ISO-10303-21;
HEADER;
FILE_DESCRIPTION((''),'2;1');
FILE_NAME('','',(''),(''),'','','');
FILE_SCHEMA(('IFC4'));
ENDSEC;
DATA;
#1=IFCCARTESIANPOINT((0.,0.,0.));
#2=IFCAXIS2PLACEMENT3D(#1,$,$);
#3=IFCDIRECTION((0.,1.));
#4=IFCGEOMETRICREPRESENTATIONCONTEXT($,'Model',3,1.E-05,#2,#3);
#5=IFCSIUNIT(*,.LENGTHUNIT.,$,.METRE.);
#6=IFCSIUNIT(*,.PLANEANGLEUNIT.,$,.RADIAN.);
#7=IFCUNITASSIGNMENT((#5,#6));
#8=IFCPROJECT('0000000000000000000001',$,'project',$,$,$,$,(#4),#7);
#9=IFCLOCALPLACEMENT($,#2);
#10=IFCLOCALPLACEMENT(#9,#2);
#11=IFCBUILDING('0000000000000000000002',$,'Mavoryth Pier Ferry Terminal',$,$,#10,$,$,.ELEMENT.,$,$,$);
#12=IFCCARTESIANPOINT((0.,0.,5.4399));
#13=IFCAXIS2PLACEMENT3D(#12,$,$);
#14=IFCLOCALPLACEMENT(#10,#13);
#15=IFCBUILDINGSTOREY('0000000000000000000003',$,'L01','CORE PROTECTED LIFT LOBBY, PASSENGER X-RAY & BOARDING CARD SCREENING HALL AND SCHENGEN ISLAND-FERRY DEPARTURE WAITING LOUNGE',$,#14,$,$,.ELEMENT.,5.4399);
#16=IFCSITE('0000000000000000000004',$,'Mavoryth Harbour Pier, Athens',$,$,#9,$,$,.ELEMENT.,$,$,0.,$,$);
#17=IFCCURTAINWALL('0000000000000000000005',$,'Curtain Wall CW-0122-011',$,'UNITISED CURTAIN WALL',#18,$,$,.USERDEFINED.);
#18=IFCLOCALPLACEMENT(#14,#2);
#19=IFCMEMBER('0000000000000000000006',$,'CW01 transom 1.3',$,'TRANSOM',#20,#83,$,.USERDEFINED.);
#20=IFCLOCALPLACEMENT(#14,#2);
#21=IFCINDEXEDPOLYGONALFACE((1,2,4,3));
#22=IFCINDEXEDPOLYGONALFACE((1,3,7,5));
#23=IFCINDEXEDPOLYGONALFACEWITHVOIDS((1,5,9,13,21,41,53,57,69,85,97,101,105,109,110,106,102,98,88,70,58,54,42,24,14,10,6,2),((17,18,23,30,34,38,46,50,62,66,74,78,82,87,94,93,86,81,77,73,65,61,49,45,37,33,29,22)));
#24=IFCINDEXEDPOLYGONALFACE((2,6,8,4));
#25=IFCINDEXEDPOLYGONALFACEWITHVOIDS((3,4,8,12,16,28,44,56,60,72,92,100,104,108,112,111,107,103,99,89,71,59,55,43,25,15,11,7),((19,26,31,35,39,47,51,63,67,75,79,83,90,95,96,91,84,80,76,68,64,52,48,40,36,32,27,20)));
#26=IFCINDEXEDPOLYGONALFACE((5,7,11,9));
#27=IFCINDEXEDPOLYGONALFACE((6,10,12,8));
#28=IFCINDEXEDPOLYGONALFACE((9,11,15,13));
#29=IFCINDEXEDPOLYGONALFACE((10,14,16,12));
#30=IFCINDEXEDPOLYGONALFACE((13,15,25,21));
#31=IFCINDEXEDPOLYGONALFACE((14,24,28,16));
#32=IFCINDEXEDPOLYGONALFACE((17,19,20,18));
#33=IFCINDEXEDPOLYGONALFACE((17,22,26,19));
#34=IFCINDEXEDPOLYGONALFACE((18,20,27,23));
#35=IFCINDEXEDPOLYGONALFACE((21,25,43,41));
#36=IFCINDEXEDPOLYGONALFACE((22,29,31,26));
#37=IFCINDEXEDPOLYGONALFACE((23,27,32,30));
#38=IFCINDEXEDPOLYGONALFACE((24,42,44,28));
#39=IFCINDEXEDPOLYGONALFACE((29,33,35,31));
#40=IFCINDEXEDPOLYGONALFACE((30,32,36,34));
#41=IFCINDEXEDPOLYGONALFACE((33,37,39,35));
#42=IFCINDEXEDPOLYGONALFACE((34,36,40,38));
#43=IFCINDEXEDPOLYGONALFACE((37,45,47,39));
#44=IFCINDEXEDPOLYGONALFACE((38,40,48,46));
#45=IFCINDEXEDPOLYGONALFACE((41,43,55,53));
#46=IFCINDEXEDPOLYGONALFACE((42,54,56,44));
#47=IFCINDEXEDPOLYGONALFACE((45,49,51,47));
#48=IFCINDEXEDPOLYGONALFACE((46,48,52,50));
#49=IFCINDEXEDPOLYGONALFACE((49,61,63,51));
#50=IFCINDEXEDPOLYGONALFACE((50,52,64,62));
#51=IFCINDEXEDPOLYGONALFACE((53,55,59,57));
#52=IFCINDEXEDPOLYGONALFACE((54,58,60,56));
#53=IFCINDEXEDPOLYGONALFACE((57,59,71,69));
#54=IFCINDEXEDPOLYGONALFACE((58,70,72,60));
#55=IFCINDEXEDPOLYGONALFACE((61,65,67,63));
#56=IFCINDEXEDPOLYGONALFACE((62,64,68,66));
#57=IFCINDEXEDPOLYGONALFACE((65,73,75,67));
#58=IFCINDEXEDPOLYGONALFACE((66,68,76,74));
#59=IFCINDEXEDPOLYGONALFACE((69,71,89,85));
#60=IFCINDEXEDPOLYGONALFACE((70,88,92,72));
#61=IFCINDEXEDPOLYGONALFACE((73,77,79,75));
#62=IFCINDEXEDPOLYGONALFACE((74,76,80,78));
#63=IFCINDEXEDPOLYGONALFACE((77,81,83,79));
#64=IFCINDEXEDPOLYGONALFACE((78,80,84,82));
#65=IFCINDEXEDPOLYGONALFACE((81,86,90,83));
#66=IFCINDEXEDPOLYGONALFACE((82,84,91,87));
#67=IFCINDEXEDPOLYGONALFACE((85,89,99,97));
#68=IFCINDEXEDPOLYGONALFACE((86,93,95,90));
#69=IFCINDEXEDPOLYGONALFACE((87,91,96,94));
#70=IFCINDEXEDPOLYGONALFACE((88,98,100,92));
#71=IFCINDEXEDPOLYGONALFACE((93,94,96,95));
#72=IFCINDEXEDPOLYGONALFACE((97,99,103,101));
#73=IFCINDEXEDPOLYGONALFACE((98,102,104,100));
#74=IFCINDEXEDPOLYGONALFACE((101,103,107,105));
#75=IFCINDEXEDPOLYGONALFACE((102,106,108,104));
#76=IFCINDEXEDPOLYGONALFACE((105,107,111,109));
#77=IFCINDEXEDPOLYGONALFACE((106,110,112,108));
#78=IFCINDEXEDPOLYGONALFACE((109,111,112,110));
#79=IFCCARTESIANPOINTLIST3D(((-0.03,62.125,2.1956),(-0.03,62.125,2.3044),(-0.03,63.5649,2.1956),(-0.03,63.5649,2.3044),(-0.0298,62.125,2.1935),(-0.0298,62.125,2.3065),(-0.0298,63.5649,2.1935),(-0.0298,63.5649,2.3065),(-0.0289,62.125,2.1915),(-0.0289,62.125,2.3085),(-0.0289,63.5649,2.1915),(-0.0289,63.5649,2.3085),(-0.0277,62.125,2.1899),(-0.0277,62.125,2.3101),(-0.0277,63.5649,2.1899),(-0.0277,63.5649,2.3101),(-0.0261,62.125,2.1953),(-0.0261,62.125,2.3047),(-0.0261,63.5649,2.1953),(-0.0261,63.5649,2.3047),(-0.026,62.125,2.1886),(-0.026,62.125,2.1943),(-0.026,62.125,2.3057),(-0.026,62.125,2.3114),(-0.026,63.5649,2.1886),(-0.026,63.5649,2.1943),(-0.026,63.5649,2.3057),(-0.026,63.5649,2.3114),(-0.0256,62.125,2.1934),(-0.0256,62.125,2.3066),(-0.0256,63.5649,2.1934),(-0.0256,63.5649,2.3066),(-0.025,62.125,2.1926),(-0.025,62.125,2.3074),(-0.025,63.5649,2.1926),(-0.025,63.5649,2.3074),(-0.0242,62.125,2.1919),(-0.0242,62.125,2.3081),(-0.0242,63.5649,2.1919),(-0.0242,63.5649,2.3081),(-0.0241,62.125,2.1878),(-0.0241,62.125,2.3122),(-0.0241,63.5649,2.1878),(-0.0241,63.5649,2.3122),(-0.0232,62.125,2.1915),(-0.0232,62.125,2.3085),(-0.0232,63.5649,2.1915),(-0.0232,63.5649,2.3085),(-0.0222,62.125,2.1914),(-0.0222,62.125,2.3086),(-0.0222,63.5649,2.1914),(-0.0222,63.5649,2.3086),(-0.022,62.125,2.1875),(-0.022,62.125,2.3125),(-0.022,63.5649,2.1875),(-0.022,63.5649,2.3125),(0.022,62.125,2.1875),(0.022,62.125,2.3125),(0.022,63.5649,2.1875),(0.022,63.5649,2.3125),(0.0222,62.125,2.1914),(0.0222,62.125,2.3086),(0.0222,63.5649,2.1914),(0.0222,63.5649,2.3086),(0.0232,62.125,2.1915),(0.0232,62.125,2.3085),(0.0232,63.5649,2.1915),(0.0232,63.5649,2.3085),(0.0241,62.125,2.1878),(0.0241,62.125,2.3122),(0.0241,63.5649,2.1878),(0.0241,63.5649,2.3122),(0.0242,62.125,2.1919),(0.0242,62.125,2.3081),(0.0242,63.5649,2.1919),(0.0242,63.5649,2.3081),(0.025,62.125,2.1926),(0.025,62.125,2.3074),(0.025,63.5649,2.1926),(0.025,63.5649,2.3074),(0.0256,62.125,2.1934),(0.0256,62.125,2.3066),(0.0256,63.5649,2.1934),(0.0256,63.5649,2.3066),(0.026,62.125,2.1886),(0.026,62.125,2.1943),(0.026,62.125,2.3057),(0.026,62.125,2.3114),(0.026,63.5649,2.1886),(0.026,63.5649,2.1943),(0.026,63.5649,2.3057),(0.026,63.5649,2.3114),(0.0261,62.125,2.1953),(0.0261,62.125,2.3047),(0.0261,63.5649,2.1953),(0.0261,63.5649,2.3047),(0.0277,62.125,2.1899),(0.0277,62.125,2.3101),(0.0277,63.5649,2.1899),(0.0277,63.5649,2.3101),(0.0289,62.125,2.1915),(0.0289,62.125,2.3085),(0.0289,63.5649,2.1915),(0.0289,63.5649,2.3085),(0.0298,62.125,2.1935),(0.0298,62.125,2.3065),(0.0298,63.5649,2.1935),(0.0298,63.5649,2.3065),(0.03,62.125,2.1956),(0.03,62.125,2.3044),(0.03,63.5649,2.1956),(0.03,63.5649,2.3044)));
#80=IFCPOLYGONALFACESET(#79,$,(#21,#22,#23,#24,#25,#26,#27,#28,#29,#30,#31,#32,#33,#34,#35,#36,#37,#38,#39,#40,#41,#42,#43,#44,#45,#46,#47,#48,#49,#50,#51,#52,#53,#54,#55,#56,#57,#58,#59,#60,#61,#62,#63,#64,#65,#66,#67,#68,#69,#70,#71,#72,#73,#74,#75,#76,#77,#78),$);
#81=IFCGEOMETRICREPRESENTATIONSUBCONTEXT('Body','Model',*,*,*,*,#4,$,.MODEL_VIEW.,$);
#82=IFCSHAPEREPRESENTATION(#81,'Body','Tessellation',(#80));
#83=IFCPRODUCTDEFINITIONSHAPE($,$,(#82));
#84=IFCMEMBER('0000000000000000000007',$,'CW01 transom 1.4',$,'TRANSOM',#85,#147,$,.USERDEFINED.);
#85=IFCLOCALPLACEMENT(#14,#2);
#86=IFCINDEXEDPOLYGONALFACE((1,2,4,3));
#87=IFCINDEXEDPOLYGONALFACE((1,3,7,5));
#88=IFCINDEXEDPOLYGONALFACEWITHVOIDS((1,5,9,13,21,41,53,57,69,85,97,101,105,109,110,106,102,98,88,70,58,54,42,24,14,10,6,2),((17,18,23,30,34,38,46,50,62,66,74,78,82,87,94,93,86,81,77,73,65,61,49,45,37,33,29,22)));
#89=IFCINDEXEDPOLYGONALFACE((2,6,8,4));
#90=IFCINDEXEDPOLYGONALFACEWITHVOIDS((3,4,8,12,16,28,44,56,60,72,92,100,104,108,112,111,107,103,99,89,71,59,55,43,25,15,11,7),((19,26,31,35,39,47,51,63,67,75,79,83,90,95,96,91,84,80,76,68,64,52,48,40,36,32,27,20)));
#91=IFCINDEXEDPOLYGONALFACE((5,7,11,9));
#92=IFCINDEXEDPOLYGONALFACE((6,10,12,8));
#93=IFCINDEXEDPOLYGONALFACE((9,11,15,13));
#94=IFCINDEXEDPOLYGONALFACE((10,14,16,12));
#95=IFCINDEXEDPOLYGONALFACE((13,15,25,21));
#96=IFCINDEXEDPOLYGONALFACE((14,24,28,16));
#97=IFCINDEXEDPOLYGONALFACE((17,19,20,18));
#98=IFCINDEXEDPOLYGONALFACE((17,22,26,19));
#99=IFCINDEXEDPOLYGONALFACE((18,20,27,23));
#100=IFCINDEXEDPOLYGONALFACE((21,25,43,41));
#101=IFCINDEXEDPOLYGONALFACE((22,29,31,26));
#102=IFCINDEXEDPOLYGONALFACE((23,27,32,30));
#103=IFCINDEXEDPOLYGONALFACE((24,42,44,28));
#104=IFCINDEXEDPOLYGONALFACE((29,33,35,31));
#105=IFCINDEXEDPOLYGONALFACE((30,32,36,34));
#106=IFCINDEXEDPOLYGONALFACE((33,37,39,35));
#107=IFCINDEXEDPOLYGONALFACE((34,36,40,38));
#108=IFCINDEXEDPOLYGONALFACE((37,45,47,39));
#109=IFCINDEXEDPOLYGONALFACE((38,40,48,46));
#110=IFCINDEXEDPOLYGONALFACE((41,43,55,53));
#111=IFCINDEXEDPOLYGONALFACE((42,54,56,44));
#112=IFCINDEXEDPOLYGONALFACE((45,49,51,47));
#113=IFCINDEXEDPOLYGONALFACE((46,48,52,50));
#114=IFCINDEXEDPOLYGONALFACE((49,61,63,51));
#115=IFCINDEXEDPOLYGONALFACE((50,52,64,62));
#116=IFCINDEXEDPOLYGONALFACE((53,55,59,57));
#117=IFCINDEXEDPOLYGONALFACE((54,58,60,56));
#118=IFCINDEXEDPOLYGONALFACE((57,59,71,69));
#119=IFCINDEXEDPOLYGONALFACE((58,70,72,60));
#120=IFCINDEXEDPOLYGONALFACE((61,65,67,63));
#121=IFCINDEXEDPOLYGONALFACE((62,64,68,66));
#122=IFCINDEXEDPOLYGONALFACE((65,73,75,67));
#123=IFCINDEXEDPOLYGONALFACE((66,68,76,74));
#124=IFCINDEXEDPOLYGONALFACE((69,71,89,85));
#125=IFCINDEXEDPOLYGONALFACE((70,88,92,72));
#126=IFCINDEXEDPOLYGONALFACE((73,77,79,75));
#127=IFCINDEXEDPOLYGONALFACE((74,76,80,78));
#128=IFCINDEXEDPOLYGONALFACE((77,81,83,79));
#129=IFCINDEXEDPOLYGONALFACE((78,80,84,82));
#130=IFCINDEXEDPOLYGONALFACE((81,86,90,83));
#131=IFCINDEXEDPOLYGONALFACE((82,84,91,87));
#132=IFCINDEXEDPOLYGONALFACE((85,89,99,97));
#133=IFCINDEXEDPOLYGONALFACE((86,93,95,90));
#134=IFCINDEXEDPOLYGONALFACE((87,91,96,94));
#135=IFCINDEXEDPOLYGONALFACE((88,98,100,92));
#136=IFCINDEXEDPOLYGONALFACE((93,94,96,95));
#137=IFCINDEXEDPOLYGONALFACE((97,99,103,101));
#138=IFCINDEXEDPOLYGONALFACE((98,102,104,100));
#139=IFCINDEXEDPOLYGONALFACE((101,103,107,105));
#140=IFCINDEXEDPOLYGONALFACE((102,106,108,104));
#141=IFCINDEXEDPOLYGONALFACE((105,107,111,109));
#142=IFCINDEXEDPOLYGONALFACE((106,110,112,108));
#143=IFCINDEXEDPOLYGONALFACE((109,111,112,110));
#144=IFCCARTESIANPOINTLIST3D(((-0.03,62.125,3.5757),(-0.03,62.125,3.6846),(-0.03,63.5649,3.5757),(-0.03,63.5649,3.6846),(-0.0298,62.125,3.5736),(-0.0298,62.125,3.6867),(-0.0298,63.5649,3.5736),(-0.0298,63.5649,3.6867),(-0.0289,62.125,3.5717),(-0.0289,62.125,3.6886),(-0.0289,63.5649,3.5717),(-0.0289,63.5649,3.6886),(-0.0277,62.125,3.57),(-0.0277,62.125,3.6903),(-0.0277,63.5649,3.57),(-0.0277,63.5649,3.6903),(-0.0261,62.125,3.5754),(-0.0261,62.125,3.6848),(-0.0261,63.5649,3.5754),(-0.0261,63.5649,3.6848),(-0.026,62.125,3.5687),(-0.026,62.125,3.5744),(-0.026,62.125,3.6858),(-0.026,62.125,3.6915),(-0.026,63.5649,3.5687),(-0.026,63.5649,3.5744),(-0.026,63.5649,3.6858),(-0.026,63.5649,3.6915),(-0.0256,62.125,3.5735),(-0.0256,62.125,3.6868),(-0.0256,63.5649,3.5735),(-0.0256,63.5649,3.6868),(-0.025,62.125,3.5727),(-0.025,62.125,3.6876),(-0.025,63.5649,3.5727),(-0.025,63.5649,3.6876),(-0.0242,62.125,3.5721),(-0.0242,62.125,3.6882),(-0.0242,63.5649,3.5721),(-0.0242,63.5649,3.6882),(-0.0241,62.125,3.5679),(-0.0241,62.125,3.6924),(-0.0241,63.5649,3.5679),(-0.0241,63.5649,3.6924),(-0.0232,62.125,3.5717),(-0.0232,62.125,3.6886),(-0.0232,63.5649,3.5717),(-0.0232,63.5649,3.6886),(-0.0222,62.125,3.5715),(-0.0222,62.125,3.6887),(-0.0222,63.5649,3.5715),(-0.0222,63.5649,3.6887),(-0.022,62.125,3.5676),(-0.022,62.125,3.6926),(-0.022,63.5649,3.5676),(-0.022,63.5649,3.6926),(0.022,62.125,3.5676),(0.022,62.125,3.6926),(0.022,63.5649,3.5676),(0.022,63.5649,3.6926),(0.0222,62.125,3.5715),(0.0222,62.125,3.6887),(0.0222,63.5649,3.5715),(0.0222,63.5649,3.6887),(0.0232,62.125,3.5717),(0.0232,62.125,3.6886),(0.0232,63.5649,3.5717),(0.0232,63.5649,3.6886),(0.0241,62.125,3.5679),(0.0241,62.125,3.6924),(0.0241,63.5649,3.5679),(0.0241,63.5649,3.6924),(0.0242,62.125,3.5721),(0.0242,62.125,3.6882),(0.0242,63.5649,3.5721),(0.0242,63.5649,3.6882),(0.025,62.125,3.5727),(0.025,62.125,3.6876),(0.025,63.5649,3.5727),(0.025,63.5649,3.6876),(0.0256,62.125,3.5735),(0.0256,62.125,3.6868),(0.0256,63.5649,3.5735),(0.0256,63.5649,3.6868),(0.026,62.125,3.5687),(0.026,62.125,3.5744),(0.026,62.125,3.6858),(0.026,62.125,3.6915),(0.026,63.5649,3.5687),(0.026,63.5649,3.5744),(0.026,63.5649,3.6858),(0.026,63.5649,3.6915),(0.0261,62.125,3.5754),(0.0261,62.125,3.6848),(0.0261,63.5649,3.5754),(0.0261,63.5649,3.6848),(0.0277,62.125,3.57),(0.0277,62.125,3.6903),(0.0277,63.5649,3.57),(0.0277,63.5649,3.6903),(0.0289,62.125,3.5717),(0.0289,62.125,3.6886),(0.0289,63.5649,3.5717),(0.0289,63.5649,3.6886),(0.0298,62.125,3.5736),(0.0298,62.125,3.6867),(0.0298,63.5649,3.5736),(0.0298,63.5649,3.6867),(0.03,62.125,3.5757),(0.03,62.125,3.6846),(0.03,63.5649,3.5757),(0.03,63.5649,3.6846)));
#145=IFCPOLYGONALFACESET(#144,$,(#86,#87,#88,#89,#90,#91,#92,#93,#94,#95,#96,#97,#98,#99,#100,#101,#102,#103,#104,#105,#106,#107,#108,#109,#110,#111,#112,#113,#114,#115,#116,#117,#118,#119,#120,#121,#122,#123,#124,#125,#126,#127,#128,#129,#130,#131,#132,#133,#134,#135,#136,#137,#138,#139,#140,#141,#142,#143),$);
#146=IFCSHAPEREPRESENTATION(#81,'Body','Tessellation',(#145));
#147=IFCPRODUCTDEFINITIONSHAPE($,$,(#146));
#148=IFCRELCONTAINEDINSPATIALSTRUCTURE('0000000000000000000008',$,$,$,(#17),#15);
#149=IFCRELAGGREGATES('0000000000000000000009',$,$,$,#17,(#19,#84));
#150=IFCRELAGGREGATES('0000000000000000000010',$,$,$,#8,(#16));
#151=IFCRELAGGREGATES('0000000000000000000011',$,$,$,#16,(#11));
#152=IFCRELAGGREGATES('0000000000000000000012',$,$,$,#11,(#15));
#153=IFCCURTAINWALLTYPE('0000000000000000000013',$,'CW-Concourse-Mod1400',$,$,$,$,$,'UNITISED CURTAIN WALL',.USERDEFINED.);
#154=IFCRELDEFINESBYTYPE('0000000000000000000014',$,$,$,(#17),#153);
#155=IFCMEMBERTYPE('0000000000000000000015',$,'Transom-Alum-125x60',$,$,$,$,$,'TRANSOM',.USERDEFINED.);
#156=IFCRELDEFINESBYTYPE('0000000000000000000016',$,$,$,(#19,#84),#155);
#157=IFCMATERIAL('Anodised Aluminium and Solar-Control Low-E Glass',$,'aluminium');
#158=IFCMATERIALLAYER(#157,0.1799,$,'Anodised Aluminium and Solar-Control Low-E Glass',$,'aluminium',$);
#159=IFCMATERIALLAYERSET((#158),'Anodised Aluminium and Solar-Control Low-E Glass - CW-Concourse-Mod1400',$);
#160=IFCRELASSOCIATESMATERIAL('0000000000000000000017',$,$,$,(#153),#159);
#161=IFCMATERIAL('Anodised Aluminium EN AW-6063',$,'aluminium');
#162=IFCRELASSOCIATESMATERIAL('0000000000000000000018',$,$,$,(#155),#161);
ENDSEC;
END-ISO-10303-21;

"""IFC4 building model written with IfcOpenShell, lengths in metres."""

from ifc_helpers import new_model, si_unit, direction, frame, origin, origin_2d, place, context, subcontext, project, spatial, hollow_rectangle, extrude, material, layer, layer_set, material_profile, profile_set, type_object, element, aggregate, save


model = new_model("IFC4")

# Units and contexts
model_context = context("Model", 3, precision=1e-05, world=origin(), true_north=direction((0.0, 1.0)))
body_context = subcontext(model_context, "Body", "Model", "MODEL_VIEW")
ifc_project = project(units=[si_unit("LENGTHUNIT", "METRE"), si_unit("PLANEANGLEUNIT", "RADIAN")], contexts=[model_context])

# Site, building, storey
site_placement = place(None, origin())
site = spatial("IfcSite", under=ifc_project, at=site_placement, Name="Mavoryth Harbour Pier, Athens", CompositionType="ELEMENT", RefElevation=0.0)
building_placement = place(site_placement, origin())
building = spatial("IfcBuilding", under=site, at=building_placement, Name="Mavoryth Pier Ferry Terminal", CompositionType="ELEMENT")
storey_placement = place(building_placement, frame((0.0, 0.0, 5.4399)))
storey = spatial("IfcBuildingStorey", under=building, at=storey_placement, Name="L01", Description="CORE PROTECTED LIFT LOBBY, PASSENGER X-RAY & BOARDING CARD SCREENING HALL AND SCHENGEN ISLAND-FERRY DEPARTURE WAITING LOUNGE", CompositionType="ELEMENT", Elevation=5.4399)

# Curtain wall
ifc_material_1 = material(Name="Anodised Aluminium and Solar-Control Low-E Glass", Category="aluminium")
ifc_layer_1 = layer(ifc_material_1, 0.1799, Name="Anodised Aluminium and Solar-Control Low-E Glass", Category="aluminium")
ifc_layer_set_1 = layer_set([ifc_layer_1], Name="Anodised Aluminium and Solar-Control Low-E Glass - CW-Concourse-Mod1400")
curtain_wall_type = type_object("IfcCurtainWallType", Name="CW-Concourse-Mod1400", ElementType="UNITISED CURTAIN WALL", PredefinedType="USERDEFINED", material=ifc_layer_set_1)
curtain_wall_1_placement = place(storey_placement, origin())
curtain_wall_1 = element("IfcCurtainWall", 1, at=curtain_wall_1_placement, inside=storey, type_object=curtain_wall_type, Name="Curtain Wall CW-0122-011", ObjectType="UNITISED CURTAIN WALL", PredefinedType="USERDEFINED")
ifc_material_2 = material(Name="Anodised Aluminium EN AW-6063", Category="aluminium")

# Members
ifc_material_profile_1 = material_profile(ifc_material_2, hollow_rectangle(XDim=0.0601, YDim=0.125, WallThickness=0.0039, InnerFilletRadius=0.0039, OuterFilletRadius=0.0081, at=origin_2d()), Name="AL-TRAN 125x60x4", Category="aluminium")
ifc_profile_set_1 = profile_set([ifc_material_profile_1], Name="Anodised Aluminium EN AW-6063 - AL-TRAN 125x60x4")
member_type_1 = type_object("IfcMemberType", Name="Transom-Alum-125x60", ElementType="TRANSOM", PredefinedType="USERDEFINED", material=ifc_profile_set_1)
member_1_placement = place(storey_placement, frame((0.0, 63.5649, 2.25), z_axis=(0.0, -1.0, 0.0), x_axis=(1.0, 0.0, 0.0)))
member_1 = element("IfcMember", 2, at=member_1_placement, type_object=member_type_1, Name="CW01 transom 1.3", ObjectType="TRANSOM", PredefinedType="USERDEFINED", context=body_context, shape_type="SweptSolid", body=[
    extrude(hollow_rectangle(XDim=0.0601, YDim=0.125, WallThickness=0.0039, InnerFilletRadius=0.0039, OuterFilletRadius=0.0081, at=origin_2d()), origin(), (0.0, 0.0, 1.0), 1.4399),
])
member_2_placement = place(storey_placement, frame((0.0, 63.5649, 3.6301), z_axis=(0.0, -1.0, 0.0), x_axis=(1.0, 0.0, 0.0)))
member_2 = element("IfcMember", 3, at=member_2_placement, type_object=member_type_1, Name="CW01 transom 1.4", ObjectType="TRANSOM", PredefinedType="USERDEFINED", context=body_context, shape_type="SweptSolid", body=[
    extrude(hollow_rectangle(XDim=0.0601, YDim=0.125, WallThickness=0.0039, InnerFilletRadius=0.0039, OuterFilletRadius=0.0081, at=origin_2d()), origin(), (0.0, 0.0, 1.0), 1.4399),
])
aggregate(curtain_wall_1, [member_1, member_2])

save(model, "model.ifc")
